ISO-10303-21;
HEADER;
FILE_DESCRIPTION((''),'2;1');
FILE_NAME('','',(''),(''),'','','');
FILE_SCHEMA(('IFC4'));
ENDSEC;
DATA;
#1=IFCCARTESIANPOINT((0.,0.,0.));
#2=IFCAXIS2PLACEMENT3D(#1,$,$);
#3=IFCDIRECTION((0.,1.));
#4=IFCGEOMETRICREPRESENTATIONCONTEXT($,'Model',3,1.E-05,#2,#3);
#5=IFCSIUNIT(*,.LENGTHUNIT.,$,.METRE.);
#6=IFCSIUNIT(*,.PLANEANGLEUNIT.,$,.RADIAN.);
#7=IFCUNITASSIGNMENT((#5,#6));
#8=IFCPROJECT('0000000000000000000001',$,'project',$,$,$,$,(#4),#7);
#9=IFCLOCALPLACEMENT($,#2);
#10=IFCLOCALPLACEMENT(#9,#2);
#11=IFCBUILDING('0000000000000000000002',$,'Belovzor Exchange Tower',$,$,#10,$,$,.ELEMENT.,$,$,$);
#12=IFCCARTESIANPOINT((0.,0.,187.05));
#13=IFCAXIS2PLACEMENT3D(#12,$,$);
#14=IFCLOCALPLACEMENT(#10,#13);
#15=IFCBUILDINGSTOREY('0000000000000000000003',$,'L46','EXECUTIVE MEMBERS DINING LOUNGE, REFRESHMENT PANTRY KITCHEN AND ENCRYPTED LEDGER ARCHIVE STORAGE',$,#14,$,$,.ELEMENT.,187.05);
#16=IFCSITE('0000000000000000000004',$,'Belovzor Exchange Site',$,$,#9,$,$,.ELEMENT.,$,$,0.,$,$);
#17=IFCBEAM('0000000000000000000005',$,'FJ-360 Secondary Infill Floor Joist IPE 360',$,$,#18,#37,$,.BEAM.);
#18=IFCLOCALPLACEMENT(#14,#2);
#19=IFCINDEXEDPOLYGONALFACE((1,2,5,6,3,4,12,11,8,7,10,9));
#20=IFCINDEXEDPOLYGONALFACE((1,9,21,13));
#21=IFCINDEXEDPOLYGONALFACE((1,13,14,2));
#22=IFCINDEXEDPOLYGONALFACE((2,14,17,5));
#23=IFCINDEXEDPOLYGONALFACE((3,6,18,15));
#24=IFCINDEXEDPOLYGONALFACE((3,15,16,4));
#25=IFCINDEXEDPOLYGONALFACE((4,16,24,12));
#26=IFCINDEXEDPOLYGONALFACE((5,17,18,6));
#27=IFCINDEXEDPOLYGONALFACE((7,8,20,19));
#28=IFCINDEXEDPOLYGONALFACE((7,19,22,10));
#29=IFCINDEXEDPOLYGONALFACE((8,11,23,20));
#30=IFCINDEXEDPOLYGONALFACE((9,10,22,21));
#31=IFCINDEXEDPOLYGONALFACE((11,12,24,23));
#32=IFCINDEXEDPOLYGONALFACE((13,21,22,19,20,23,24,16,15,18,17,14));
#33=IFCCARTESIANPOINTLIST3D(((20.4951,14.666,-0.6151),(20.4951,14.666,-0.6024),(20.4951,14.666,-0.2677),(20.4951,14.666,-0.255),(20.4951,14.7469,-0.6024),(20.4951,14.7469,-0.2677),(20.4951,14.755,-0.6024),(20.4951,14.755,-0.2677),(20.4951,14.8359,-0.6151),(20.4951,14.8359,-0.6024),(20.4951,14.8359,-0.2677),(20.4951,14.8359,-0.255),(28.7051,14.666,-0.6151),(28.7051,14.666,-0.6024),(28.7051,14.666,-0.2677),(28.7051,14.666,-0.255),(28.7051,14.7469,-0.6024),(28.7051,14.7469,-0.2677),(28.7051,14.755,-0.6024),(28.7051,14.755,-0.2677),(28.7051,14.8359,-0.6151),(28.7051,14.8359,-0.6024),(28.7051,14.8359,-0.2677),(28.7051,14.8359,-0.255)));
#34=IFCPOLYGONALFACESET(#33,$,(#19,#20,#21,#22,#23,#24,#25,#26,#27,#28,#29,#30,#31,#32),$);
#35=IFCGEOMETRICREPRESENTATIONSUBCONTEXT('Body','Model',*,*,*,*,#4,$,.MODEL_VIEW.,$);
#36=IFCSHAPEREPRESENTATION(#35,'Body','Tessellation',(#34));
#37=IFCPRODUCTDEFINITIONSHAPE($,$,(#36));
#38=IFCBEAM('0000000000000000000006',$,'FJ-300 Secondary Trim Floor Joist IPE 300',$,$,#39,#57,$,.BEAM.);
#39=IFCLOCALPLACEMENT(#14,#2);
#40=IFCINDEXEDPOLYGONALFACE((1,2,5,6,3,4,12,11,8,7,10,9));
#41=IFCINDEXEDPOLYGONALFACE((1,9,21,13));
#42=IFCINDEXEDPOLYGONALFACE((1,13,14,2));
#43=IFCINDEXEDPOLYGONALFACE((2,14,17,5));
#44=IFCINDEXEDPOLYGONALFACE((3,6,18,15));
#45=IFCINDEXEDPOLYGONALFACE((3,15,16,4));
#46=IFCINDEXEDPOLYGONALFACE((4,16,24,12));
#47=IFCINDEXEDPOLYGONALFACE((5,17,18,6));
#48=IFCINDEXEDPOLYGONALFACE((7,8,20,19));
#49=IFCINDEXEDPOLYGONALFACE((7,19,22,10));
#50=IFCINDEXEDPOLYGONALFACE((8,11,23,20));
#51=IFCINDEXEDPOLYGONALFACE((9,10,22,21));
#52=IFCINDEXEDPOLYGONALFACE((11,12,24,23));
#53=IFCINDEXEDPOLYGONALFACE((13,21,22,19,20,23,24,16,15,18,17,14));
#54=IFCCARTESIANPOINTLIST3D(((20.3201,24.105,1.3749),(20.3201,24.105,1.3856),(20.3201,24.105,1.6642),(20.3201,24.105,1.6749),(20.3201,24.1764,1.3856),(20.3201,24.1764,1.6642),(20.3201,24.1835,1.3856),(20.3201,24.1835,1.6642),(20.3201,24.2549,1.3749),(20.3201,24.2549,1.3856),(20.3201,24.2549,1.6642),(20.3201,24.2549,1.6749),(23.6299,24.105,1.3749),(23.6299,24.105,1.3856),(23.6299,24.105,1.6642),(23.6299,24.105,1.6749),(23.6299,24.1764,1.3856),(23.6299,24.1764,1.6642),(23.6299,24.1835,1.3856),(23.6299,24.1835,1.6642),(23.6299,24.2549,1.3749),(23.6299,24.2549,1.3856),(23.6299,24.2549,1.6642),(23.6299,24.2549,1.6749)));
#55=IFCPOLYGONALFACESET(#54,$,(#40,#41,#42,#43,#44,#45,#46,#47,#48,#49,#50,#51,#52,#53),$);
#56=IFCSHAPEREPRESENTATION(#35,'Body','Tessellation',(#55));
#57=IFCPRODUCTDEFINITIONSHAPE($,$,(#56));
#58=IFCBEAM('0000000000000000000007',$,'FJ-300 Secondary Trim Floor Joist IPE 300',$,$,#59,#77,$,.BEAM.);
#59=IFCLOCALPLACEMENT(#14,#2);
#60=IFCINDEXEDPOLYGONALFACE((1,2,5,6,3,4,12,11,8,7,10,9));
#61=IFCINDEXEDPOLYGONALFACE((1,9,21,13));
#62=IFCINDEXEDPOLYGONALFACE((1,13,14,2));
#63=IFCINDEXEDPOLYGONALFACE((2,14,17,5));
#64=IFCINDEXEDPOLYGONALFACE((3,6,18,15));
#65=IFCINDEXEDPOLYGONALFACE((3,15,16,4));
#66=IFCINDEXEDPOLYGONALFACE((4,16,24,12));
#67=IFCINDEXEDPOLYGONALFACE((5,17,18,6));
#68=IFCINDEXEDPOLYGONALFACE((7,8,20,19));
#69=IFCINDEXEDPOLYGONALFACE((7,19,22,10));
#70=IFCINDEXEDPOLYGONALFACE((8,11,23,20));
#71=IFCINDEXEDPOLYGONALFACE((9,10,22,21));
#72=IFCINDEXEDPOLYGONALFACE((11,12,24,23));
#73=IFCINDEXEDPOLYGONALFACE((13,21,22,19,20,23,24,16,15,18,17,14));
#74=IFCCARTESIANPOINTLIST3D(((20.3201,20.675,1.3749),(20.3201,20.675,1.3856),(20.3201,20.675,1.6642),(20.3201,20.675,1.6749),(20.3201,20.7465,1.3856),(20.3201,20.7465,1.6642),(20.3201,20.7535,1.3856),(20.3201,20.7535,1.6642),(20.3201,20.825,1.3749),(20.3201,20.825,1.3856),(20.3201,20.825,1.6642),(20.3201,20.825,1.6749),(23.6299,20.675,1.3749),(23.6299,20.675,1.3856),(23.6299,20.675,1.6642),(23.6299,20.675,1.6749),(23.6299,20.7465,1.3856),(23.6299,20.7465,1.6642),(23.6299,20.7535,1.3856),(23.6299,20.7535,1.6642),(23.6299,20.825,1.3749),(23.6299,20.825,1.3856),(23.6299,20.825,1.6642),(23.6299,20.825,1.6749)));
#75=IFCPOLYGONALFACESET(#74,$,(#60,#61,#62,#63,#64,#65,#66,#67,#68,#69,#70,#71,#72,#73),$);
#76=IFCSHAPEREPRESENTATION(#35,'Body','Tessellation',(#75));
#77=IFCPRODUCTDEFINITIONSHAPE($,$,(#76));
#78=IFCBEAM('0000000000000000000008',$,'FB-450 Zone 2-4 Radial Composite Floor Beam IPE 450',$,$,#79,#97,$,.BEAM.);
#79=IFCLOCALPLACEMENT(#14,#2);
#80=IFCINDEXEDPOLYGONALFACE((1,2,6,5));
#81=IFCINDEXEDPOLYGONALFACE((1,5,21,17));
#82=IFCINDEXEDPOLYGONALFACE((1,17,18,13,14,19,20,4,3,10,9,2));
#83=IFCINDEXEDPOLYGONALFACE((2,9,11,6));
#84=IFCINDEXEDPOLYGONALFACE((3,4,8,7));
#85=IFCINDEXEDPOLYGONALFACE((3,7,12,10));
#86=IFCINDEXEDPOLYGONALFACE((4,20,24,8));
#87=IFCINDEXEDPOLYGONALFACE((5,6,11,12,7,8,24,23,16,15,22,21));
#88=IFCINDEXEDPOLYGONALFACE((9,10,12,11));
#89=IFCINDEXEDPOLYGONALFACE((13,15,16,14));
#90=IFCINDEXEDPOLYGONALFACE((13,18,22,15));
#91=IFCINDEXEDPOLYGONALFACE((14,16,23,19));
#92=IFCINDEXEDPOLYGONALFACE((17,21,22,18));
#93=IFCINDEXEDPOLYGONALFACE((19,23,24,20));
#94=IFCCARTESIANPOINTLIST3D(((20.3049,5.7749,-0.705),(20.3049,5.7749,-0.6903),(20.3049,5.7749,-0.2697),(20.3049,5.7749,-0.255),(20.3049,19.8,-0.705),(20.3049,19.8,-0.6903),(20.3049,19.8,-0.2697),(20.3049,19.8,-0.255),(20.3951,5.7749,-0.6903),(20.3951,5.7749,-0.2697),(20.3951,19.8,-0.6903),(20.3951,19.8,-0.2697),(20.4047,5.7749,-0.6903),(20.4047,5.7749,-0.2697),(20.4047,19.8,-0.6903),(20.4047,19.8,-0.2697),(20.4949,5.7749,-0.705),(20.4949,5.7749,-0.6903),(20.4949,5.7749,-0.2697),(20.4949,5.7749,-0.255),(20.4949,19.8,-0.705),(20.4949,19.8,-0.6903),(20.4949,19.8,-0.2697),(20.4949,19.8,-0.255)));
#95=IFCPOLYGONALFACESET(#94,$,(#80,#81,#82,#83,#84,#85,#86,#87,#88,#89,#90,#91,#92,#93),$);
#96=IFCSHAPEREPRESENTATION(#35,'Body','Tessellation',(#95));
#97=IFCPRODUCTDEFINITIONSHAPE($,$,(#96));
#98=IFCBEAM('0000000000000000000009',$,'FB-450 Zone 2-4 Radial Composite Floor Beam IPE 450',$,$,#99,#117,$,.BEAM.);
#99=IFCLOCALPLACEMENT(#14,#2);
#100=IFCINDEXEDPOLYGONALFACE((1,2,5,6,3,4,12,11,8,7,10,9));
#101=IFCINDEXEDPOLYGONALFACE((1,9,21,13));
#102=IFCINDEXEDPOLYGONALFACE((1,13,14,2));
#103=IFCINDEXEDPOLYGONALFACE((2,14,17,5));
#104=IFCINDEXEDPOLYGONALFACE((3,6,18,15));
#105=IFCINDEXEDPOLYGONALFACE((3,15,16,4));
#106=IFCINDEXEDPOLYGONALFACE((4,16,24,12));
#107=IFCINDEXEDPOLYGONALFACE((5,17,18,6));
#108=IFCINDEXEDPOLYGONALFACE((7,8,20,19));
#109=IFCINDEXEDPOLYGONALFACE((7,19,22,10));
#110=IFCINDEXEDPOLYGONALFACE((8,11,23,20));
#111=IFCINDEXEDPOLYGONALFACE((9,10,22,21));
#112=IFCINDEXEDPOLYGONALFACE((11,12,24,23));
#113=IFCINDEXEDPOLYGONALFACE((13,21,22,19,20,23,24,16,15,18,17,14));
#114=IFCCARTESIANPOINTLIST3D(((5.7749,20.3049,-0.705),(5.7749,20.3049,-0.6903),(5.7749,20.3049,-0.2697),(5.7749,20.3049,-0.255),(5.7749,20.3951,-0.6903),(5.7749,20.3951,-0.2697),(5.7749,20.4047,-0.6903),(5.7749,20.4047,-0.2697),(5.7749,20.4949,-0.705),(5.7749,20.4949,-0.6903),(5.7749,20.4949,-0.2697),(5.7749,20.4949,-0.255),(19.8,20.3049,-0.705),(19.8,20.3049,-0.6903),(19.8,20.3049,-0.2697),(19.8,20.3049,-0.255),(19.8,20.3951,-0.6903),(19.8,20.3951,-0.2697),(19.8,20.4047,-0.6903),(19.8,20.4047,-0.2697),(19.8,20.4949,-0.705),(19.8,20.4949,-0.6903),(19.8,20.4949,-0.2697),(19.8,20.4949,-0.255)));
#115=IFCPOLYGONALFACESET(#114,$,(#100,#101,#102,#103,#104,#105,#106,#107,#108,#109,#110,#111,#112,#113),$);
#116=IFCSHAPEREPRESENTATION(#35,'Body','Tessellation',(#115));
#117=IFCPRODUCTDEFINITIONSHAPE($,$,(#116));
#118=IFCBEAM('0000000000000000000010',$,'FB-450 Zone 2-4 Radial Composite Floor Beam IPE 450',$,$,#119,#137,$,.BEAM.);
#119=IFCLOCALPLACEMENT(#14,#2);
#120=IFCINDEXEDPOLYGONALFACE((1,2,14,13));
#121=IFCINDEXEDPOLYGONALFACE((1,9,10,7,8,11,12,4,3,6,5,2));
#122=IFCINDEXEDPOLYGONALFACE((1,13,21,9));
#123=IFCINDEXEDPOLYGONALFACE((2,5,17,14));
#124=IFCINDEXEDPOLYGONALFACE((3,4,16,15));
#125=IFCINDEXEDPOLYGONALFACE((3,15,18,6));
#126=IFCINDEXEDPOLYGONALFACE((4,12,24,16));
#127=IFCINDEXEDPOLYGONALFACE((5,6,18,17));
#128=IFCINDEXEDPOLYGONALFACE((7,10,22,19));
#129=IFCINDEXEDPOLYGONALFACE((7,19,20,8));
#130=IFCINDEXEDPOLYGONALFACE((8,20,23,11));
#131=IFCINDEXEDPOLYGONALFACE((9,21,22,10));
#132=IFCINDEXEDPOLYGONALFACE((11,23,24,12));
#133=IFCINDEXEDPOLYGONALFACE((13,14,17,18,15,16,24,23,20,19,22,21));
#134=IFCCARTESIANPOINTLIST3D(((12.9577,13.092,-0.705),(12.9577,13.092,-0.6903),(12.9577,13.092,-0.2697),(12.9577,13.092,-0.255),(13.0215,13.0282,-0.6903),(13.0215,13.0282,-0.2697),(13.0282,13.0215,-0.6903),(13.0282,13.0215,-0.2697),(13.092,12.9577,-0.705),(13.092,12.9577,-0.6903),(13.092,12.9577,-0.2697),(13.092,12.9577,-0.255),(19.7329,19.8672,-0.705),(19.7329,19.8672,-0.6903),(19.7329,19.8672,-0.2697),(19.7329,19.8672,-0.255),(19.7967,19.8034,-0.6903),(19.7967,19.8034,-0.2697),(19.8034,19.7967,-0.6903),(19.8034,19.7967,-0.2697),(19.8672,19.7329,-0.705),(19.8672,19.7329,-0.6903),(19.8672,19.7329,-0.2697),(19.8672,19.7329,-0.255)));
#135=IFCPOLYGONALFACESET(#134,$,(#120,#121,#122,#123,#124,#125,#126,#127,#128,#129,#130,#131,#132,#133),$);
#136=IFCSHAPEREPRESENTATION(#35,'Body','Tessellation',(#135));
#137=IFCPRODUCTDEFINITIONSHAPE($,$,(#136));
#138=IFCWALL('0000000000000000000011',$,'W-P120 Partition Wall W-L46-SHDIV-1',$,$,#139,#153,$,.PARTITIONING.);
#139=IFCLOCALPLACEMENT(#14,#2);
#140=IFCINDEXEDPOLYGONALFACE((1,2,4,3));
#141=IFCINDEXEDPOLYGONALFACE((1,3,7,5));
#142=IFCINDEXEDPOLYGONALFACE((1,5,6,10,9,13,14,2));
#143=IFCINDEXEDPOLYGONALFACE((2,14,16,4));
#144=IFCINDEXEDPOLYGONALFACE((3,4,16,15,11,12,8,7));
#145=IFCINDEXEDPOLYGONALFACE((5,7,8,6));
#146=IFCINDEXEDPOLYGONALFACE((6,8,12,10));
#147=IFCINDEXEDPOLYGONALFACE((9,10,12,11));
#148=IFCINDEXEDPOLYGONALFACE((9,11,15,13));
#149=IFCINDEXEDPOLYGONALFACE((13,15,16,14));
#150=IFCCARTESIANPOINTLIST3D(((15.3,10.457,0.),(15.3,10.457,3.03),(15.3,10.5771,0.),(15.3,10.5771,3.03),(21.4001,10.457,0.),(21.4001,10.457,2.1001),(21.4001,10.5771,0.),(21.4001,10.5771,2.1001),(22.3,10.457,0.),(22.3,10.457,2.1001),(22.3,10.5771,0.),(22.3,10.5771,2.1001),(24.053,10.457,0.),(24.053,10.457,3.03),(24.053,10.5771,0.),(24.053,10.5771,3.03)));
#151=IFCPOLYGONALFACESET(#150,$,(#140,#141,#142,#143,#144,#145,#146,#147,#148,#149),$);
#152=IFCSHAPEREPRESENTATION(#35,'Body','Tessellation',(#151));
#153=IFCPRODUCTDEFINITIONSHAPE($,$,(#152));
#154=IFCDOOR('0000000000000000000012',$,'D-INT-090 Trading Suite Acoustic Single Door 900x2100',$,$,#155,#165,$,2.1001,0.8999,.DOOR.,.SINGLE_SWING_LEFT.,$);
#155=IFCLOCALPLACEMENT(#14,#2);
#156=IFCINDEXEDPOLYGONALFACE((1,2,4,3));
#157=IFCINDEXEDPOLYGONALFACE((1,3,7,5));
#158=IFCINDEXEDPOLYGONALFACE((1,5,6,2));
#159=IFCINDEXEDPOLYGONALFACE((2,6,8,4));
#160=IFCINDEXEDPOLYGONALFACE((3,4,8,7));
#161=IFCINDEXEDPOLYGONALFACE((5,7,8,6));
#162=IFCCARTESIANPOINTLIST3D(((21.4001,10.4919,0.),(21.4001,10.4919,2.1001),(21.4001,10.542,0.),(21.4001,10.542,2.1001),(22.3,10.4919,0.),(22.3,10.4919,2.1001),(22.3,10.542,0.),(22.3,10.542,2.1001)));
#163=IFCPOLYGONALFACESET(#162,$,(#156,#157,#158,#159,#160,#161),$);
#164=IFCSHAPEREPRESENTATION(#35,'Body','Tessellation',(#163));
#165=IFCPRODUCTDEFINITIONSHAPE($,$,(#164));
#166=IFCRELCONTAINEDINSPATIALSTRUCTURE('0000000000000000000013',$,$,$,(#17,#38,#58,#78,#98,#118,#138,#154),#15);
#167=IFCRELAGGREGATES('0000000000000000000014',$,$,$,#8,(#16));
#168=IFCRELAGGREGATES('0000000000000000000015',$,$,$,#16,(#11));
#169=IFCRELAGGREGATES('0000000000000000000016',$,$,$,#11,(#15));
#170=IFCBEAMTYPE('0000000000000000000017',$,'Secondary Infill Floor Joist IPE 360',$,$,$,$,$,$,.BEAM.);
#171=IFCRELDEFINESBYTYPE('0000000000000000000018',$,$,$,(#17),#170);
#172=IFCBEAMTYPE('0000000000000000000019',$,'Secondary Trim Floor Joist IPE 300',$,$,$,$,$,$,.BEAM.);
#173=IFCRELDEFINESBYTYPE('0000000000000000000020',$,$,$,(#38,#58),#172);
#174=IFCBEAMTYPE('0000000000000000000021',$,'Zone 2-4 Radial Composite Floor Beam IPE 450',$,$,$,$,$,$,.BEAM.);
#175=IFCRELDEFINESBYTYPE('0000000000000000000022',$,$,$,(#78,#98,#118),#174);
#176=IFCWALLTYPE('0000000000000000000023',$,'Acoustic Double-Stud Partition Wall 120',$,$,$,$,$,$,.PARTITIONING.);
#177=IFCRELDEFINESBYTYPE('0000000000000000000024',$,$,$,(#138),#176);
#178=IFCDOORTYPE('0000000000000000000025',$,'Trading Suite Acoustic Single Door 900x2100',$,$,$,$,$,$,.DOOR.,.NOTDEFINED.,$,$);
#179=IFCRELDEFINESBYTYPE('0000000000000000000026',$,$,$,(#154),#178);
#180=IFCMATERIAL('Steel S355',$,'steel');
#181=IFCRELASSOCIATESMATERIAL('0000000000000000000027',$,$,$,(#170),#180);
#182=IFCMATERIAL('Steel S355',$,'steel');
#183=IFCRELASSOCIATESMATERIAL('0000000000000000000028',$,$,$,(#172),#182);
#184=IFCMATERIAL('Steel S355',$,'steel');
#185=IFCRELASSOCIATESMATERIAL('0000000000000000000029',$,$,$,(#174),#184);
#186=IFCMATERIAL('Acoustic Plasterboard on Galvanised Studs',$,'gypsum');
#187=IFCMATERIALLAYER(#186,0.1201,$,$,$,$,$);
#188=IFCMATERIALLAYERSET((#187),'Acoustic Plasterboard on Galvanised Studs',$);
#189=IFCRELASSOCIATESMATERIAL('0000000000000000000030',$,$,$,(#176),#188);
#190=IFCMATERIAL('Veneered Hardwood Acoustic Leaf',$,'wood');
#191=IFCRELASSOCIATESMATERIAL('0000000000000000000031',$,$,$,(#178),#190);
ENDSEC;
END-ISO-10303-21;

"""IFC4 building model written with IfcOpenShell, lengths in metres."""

from ifc_helpers import new_model, si_unit, direction, frame, frame_2d, origin, origin_2d, place, context, subcontext, project, spatial, rectangle, i_section, extrude, material, layer, layer_set, material_profile, profile_set, type_object, element, fill, save


model = new_model("IFC4")

# Units and contexts
model_context = context("Model", 3, precision=1e-05, world=origin(), true_north=direction((0.0, 1.0)))
body_context = subcontext(model_context, "Body", "Model", "MODEL_VIEW")
ifc_project = project(units=[si_unit("LENGTHUNIT", "METRE"), si_unit("PLANEANGLEUNIT", "RADIAN")], contexts=[model_context])

# Site, building, storey
site_placement = place(None, origin())
site = spatial("IfcSite", under=ifc_project, at=site_placement, Name="Belovzor Exchange Site", CompositionType="ELEMENT", RefElevation=0.0)
building_placement = place(site_placement, origin())
building = spatial("IfcBuilding", under=site, at=building_placement, Name="Belovzor Exchange Tower", CompositionType="ELEMENT")
storey_placement = place(building_placement, frame((0.0, 0.0, 187.05)))
storey = spatial("IfcBuildingStorey", under=building, at=storey_placement, Name="L46", Description="EXECUTIVE MEMBERS DINING LOUNGE, REFRESHMENT PANTRY KITCHEN AND ENCRYPTED LEDGER ARCHIVE STORAGE", CompositionType="ELEMENT", Elevation=187.05)

# Beams
ifc_material_1 = material(Name="Steel S355", Category="steel")
ifc_material_profile_1 = material_profile(ifc_material_1, i_section(OverallWidth=0.1699, OverallDepth=0.3601, WebThickness=0.0081, FlangeThickness=0.0127, at=origin_2d()))
ifc_profile_set_1 = profile_set([ifc_material_profile_1], Name="Steel S355")
beam_type_1 = type_object("IfcBeamType", Name="Secondary Infill Floor Joist IPE 360", PredefinedType="BEAM", material=ifc_profile_set_1)
beam_1_placement = place(storey_placement, frame((20.4951, 14.751, -0.4351), z_axis=(1.0, 0.0, 0.0), x_axis=(0.0, 1.0, 0.0)))
element("IfcBeam", 1, at=beam_1_placement, inside=storey, type_object=beam_type_1, Name="FJ-360 Secondary Infill Floor Joist IPE 360", PredefinedType="BEAM", context=body_context, shape_type="SweptSolid", body=[
    extrude(i_section(OverallWidth=0.1699, OverallDepth=0.3601, WebThickness=0.0081, FlangeThickness=0.0127, at=origin_2d()), origin(), (0.0, 0.0, 1.0), 8.21),
])
ifc_material_2 = material(Name="Steel S355", Category="steel")
ifc_material_profile_2 = material_profile(ifc_material_2, i_section(OverallWidth=0.1499, OverallDepth=0.3, WebThickness=0.0071, FlangeThickness=0.0107, at=origin_2d()))
ifc_profile_set_2 = profile_set([ifc_material_profile_2], Name="Steel S355")
beam_type_2 = type_object("IfcBeamType", Name="Secondary Trim Floor Joist IPE 300", PredefinedType="BEAM", material=ifc_profile_set_2)
for number, where, z_axis, x_axis, name in (
    (2, (20.3201, 24.1799, 1.5249), (1.0, 0.0, 0.0), (0.0, 1.0, 0.0), "FJ-300 Secondary Trim Floor Joist IPE 300"),
    (3, (20.3201, 20.75, 1.5249), (1.0, 0.0, 0.0), (0.0, 1.0, 0.0), "FJ-300 Secondary Trim Floor Joist IPE 300"),
):
    element("IfcBeam", number, at=place(storey_placement, frame(where, z_axis=z_axis, x_axis=x_axis)), inside=storey, type_object=beam_type_2, Name=name, PredefinedType="BEAM", context=body_context, shape_type="SweptSolid", body=[
        extrude(i_section(OverallWidth=0.1499, OverallDepth=0.3, WebThickness=0.0071, FlangeThickness=0.0107, at=origin_2d()), origin(), (0.0, 0.0, 1.0), 3.3098),
    ])
ifc_material_3 = material(Name="Steel S355", Category="steel")
ifc_material_profile_3 = material_profile(ifc_material_3, i_section(OverallWidth=0.1899, OverallDepth=0.45, WebThickness=0.0095, FlangeThickness=0.0146, at=origin_2d()))
ifc_profile_set_3 = profile_set([ifc_material_profile_3], Name="Steel S355")
beam_type_3 = type_object("IfcBeamType", Name="Zone 2-4 Radial Composite Floor Beam IPE 450", PredefinedType="BEAM", material=ifc_profile_set_3)
for number, where, z_axis, x_axis, name in (
    (4, (20.3999, 19.8, -0.48), (0.0, -1.0, 0.0), (1.0, 0.0, 0.0), "FB-450 Zone 2-4 Radial Composite Floor Beam IPE 450"),
    (5, (19.8, 20.3999, -0.48), (-1.0, 0.0, 0.0), (0.0, -1.0, 0.0), "FB-450 Zone 2-4 Radial Composite Floor Beam IPE 450"),
):
    element("IfcBeam", number, at=place(storey_placement, frame(where, z_axis=z_axis, x_axis=x_axis)), inside=storey, type_object=beam_type_3, Name=name, PredefinedType="BEAM", context=body_context, shape_type="SweptSolid", body=[
        extrude(i_section(OverallWidth=0.1899, OverallDepth=0.45, WebThickness=0.0095, FlangeThickness=0.0146, at=origin_2d()), origin(), (0.0, 0.0, 1.0), 14.0251),
    ])
beam_2_placement = place(storey_placement, frame((19.8, 19.8, -0.48), z_axis=(-0.707107, -0.707107, 0.0), x_axis=(0.707107, -0.707107, 0.0)))
element("IfcBeam", 6, at=beam_2_placement, inside=storey, type_object=beam_type_3, Name="FB-450 Zone 2-4 Radial Composite Floor Beam IPE 450", PredefinedType="BEAM", context=body_context, shape_type="SweptSolid", body=[
    extrude(i_section(OverallWidth=0.1899, OverallDepth=0.45, WebThickness=0.0095, FlangeThickness=0.0146, at=origin_2d()), origin(), (0.0, 0.0, 1.0), 9.5815),
])

# Wall, opening, door
ifc_material_4 = material(Name="Acoustic Plasterboard on Galvanised Studs", Category="gypsum")
ifc_layer_1 = layer(ifc_material_4, 0.1201)
ifc_layer_set_1 = layer_set([ifc_layer_1], Name="Acoustic Plasterboard on Galvanised Studs")
wall_type_1 = type_object("IfcWallType", Name="Acoustic Double-Stud Partition Wall 120", PredefinedType="PARTITIONING", material=ifc_layer_set_1)
wall_1_placement = place(storey_placement, frame((15.3, 10.5171, 0.0), z_axis=(0.0, 0.0, 1.0), x_axis=(1.0, 0.0, 0.0)))
wall_1 = element("IfcWall", 7, at=wall_1_placement, inside=storey, type_object=wall_type_1, Name="W-P120 Partition Wall W-L46-SHDIV-1", PredefinedType="PARTITIONING", context=body_context, shape_type="SweptSolid", body=[
    extrude(rectangle(XDim=8.7529, YDim=0.1201, at=frame_2d((4.3765, 0.0))), origin(), (0.0, 0.0, 1.0), 3.03),
])
opening_1_placement = place(wall_1_placement, frame((6.1001, 0.0, 0.0)))
opening_1 = element("IfcOpeningElement", 8, at=opening_1_placement, cuts=wall_1, PredefinedType="OPENING", context=body_context, shape_type="SweptSolid", body=[
    extrude(rectangle(XDim=0.8999, YDim=2.1001, at=frame_2d((0.45, 1.05))), frame((0.0, 0.0701, 0.0), z_axis=(0.0, -1.0, 0.0), x_axis=(1.0, 0.0, 0.0)), (0.0, 0.0, 1.0), 0.1401),
])
ifc_material_5 = material(Name="Veneered Hardwood Acoustic Leaf", Category="wood")
door_type_1 = type_object("IfcDoorType", Name="Trading Suite Acoustic Single Door 900x2100", OperationType="NOTDEFINED", PredefinedType="DOOR", material=ifc_material_5)
door_1_placement = place(opening_1_placement, origin())
door_1 = element("IfcDoor", 9, at=door_1_placement, inside=storey, type_object=door_type_1, Name="D-INT-090 Trading Suite Acoustic Single Door 900x2100", OperationType="SINGLE_SWING_LEFT", OverallHeight=2.1001, OverallWidth=0.8999, PredefinedType="DOOR", context=body_context, shape_type="SweptSolid", body=[
    extrude(rectangle(XDim=0.8999, YDim=2.1001, at=frame_2d((0.45, 1.05))), frame((0.0, 0.0249, 0.0), z_axis=(0.0, -1.0, 0.0), x_axis=(1.0, 0.0, 0.0)), (0.0, 0.0, 1.0), 0.05),
])
fill(opening_1, door_1)

save(model, "model.ifc")
